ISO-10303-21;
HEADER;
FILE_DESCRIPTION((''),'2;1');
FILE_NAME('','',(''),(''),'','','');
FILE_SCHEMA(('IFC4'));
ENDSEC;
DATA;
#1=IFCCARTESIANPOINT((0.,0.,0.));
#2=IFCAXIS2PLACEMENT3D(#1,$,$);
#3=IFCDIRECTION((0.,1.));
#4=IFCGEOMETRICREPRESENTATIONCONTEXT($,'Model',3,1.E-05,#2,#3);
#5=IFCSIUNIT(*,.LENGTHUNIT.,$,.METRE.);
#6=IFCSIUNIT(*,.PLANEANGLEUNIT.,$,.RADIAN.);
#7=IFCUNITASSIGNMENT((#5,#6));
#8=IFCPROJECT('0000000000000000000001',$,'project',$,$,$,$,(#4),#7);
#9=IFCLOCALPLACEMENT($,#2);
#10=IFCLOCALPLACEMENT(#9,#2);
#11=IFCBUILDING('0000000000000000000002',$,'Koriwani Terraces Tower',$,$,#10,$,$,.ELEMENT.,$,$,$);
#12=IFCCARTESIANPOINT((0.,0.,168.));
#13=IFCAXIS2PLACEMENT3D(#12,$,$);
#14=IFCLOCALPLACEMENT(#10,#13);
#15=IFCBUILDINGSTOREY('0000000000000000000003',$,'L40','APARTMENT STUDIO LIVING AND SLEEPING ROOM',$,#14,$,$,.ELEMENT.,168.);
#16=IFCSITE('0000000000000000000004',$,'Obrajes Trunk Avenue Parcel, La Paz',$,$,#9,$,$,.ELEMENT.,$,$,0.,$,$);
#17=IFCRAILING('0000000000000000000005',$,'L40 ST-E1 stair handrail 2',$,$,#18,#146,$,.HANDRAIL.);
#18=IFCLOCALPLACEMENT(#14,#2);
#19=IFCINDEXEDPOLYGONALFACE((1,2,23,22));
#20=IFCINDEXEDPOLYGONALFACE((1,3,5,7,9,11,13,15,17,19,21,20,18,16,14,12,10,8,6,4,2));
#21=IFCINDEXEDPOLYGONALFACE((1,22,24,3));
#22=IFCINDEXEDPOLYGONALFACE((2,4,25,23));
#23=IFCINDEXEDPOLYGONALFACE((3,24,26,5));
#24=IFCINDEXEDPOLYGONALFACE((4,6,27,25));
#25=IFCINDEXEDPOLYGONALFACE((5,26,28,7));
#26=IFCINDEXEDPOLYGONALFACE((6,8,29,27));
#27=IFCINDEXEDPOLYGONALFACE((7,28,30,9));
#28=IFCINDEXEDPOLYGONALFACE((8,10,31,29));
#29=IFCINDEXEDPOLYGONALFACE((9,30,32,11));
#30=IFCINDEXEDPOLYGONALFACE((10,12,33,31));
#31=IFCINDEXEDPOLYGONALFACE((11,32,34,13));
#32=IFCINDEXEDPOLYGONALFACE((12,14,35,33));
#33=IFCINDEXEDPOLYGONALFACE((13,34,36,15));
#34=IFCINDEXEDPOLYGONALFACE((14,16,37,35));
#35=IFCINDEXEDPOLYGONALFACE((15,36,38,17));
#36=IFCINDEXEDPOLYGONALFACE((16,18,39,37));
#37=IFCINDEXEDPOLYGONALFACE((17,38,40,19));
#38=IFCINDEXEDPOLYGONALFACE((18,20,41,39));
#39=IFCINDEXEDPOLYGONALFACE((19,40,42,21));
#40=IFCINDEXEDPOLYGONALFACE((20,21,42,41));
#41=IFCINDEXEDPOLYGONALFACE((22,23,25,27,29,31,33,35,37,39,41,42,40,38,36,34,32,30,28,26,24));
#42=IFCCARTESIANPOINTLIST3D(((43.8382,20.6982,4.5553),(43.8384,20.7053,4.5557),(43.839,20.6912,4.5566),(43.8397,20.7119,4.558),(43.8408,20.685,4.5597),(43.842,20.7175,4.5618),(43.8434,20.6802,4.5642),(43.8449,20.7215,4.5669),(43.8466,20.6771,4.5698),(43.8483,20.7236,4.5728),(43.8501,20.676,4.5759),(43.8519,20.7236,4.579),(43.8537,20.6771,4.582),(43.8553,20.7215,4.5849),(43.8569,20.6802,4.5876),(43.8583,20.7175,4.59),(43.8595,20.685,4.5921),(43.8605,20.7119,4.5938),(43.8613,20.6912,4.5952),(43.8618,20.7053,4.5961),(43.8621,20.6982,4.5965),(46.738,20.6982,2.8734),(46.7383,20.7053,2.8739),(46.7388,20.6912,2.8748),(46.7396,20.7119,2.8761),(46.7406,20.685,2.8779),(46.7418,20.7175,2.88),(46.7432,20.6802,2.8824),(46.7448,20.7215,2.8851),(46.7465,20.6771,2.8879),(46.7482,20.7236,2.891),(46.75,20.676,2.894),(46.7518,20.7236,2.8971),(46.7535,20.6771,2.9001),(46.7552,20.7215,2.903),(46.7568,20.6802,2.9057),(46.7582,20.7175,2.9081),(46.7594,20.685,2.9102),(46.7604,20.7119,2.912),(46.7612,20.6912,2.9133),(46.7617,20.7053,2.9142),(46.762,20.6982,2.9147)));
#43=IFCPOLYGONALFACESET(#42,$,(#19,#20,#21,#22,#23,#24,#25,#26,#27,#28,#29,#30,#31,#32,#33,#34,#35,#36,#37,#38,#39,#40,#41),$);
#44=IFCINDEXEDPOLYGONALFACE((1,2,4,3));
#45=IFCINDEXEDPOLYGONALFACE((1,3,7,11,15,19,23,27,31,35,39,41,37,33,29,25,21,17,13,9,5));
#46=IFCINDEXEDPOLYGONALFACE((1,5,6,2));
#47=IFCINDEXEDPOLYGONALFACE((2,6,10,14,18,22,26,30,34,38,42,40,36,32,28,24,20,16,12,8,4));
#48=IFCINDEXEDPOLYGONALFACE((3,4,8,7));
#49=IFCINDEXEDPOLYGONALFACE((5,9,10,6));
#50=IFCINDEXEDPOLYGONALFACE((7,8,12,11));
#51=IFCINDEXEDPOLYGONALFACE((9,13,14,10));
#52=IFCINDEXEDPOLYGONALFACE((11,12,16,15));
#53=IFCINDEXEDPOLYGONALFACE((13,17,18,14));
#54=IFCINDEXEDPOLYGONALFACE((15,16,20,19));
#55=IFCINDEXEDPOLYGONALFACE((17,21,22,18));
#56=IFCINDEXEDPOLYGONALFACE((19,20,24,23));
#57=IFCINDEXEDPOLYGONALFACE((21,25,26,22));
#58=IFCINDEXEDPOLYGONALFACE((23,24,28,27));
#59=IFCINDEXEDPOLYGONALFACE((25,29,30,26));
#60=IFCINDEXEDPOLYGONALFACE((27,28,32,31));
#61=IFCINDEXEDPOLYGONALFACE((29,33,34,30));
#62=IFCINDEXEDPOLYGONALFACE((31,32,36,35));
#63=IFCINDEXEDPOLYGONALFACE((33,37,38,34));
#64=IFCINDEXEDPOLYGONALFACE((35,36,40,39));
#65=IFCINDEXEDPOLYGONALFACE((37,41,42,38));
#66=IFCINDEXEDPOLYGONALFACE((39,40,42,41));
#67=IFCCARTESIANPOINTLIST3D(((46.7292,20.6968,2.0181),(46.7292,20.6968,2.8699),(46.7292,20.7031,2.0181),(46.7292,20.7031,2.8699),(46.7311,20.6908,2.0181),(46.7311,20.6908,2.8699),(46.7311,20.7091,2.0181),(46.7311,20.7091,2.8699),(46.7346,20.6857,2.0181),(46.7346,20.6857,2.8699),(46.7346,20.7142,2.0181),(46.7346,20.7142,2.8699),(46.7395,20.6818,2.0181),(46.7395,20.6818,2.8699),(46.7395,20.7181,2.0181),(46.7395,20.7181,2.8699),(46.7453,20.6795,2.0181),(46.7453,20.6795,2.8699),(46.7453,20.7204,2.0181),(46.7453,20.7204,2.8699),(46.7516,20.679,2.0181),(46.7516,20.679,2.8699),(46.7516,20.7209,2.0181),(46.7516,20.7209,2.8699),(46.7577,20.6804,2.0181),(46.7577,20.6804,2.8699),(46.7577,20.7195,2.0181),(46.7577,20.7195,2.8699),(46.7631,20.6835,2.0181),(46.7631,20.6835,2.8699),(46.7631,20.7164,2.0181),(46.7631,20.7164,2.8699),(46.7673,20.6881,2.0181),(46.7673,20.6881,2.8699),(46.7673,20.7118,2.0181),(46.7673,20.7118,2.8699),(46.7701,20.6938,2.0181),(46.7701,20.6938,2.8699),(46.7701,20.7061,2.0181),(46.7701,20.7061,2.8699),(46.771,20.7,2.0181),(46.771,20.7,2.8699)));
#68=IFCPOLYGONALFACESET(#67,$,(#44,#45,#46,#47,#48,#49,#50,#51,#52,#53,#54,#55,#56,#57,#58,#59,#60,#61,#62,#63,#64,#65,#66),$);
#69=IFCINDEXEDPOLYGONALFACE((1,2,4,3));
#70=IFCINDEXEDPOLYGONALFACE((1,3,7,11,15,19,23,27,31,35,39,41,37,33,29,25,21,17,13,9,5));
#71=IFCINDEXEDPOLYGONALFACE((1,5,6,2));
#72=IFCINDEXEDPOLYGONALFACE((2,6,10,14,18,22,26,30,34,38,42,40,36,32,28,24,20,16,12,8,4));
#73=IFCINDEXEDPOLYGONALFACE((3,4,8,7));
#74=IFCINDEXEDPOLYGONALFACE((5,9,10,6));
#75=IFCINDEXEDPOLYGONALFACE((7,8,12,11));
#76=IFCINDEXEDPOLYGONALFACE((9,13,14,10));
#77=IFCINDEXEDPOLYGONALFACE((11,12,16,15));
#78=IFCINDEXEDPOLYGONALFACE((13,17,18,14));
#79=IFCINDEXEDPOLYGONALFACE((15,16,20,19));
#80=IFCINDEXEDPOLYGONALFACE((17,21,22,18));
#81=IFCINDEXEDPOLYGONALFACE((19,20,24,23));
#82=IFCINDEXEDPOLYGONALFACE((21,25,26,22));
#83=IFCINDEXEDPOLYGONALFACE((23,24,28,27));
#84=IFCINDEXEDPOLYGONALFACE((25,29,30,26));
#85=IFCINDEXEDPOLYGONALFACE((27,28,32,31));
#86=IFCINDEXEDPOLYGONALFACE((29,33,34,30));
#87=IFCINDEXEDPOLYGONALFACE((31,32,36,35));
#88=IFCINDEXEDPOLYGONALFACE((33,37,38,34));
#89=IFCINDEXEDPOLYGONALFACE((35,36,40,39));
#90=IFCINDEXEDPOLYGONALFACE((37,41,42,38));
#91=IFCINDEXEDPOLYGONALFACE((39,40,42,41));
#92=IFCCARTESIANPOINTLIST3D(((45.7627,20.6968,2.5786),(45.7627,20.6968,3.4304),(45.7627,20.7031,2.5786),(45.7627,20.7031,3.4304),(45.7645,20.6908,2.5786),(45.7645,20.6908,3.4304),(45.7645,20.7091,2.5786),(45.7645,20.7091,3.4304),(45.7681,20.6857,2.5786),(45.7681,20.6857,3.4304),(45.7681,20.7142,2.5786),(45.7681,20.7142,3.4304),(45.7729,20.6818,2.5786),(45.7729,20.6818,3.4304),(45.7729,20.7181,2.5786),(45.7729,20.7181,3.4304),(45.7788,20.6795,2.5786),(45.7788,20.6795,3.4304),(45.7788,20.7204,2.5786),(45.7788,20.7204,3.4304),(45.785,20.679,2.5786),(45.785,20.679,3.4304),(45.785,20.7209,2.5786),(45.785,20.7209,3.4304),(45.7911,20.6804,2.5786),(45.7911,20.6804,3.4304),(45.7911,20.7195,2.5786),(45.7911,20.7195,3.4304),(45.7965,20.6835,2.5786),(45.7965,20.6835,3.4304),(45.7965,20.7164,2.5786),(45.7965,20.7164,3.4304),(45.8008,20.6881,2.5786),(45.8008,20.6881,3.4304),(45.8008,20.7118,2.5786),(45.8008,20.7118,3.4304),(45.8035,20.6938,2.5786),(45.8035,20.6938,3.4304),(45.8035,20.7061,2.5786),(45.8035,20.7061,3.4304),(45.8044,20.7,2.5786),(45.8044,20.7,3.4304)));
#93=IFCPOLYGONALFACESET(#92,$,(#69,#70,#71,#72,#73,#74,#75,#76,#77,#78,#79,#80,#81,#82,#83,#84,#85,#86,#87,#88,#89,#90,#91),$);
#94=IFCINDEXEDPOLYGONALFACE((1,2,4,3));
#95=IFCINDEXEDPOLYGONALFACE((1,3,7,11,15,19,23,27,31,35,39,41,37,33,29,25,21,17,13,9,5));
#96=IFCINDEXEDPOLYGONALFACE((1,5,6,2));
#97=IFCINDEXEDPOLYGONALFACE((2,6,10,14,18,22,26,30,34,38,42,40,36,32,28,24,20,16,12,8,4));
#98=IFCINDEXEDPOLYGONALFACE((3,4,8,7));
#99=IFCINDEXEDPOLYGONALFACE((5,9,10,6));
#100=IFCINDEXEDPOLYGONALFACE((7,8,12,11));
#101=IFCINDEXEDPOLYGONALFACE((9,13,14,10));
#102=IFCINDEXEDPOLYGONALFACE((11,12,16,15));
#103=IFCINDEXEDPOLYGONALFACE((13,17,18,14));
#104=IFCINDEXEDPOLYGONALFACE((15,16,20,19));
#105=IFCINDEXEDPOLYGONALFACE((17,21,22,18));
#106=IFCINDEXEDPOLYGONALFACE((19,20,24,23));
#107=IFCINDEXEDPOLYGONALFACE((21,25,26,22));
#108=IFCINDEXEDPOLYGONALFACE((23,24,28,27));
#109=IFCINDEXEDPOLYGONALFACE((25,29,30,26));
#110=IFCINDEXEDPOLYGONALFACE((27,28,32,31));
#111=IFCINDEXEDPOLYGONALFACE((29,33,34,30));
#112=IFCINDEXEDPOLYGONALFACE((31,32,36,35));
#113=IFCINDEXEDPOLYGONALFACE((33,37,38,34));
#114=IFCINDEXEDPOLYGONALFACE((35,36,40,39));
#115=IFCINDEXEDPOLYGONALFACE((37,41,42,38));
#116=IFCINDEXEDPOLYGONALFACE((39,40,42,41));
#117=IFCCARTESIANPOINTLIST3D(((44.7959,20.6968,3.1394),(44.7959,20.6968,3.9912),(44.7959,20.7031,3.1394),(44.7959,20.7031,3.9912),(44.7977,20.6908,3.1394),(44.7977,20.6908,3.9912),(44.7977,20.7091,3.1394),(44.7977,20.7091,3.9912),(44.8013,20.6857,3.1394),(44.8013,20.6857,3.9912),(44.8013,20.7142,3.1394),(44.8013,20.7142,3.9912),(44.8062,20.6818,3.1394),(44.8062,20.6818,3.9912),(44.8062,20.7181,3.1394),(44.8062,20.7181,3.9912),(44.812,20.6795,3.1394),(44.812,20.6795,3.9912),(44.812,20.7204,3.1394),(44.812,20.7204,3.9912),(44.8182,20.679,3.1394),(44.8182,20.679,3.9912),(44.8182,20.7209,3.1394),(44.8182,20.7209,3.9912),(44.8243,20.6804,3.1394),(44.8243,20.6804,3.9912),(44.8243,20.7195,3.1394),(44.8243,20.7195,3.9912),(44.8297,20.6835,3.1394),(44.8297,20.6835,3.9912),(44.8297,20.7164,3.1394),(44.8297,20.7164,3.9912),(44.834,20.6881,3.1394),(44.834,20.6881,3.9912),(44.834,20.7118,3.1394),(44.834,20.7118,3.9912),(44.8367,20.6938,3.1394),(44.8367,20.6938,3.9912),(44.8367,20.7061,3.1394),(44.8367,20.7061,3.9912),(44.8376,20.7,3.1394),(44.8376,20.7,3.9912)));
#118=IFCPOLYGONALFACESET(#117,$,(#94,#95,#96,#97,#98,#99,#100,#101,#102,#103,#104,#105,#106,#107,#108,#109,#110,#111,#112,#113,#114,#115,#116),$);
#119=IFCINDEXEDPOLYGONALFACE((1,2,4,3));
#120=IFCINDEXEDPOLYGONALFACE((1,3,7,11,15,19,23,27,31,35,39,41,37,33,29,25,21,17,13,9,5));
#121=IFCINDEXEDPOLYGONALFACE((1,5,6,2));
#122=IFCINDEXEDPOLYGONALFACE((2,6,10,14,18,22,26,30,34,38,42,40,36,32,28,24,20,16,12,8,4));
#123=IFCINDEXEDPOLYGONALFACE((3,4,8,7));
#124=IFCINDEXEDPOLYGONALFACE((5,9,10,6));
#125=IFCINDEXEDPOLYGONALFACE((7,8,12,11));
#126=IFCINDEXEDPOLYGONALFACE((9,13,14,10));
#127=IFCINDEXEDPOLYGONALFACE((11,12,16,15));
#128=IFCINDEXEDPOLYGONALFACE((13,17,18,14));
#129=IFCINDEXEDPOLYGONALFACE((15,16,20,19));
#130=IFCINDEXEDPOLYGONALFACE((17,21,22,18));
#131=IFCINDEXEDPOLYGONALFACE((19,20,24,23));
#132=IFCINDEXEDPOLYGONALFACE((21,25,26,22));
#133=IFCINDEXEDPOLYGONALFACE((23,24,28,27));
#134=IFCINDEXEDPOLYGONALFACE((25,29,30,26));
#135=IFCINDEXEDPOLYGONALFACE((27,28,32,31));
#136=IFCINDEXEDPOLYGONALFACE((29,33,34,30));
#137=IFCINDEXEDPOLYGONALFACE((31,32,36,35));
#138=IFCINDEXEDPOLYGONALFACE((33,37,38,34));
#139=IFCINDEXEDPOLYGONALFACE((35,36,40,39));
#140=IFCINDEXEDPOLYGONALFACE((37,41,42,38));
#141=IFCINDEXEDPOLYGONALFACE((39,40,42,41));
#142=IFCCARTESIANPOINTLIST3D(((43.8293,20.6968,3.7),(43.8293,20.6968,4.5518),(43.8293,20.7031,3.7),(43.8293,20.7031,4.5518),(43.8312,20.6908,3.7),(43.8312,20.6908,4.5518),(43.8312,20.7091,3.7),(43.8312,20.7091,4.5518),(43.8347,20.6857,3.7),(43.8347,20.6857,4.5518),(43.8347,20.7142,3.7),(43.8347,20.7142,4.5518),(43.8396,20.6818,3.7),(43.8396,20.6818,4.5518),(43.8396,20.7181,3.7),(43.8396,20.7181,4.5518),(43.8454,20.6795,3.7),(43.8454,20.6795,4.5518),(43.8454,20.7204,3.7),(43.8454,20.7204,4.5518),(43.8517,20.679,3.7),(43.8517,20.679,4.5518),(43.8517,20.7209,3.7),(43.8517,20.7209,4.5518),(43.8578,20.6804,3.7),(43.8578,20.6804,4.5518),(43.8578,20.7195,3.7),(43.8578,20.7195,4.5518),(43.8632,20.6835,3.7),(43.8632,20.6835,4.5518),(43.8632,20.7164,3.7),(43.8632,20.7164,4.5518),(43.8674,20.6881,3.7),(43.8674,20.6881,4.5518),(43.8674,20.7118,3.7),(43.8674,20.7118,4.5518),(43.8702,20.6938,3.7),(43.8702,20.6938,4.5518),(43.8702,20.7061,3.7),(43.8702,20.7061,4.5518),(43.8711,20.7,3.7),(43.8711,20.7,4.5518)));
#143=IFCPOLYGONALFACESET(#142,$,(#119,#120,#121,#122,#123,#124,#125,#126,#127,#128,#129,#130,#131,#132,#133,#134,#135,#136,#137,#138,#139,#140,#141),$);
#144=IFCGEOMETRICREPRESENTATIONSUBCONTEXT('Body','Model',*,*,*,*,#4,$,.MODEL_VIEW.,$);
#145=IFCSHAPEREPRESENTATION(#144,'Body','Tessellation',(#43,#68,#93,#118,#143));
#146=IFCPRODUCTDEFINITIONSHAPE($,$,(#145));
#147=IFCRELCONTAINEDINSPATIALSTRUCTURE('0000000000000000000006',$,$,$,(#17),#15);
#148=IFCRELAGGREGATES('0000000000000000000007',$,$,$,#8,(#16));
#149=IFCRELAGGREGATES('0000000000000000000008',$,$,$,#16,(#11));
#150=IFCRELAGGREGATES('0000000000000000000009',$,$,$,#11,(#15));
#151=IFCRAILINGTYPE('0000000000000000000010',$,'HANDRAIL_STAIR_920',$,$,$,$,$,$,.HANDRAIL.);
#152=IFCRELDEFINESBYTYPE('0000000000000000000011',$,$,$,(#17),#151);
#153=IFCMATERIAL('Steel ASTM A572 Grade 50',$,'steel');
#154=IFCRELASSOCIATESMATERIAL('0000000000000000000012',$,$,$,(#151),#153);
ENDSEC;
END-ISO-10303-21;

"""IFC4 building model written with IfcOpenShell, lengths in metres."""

from ifc_helpers import new_model, si_unit, direction, frame, origin, origin_2d, place, context, subcontext, project, spatial, circle, extrude, material, type_object, element, save


model = new_model("IFC4")

# Units and contexts
model_context = context("Model", 3, precision=1e-05, world=origin(), true_north=direction((0.0, 1.0)))
body_context = subcontext(model_context, "Body", "Model", "MODEL_VIEW")
ifc_project = project(units=[si_unit("LENGTHUNIT", "METRE"), si_unit("PLANEANGLEUNIT", "RADIAN")], contexts=[model_context])

# Site, building, storey
site_placement = place(None, origin())
site = spatial("IfcSite", under=ifc_project, at=site_placement, Name="Obrajes Trunk Avenue Parcel, La Paz", CompositionType="ELEMENT", RefElevation=0.0)
building_placement = place(site_placement, origin())
building = spatial("IfcBuilding", under=site, at=building_placement, Name="Koriwani Terraces Tower", CompositionType="ELEMENT")
storey_placement = place(building_placement, frame((0.0, 0.0, 168.0)))
storey = spatial("IfcBuildingStorey", under=building, at=storey_placement, Name="L40", Description="APARTMENT STUDIO LIVING AND SLEEPING ROOM", CompositionType="ELEMENT", Elevation=168.0)

# Shared definitions
ifc_material_1 = material(Name="Steel ASTM A572 Grade 50", Category="steel")

# Railing
railing_type_1 = type_object("IfcRailingType", Name="HANDRAIL_STAIR_920", PredefinedType="HANDRAIL", material=ifc_material_1)
railing_1_placement = place(storey_placement, frame((46.75, 20.7, 2.0181)))
element("IfcRailing", 1, at=railing_1_placement, inside=storey, type_object=railing_type_1, Name="L40 ST-E1 stair handrail 2", PredefinedType="HANDRAIL", context=body_context, shape_type="SweptSolid", body=[
    extrude(circle(Radius=0.0239, at=origin_2d()), frame((0.0, 0.0, 0.876), z_axis=(-0.865039, 0.0, 0.501705), x_axis=(0.0, -1.0, 0.0)), (0.0, 0.0, 1.0), 3.3523),
    extrude(circle(Radius=0.021, at=origin_2d()), origin(), (0.0, 0.0, 1.0), 0.8518),
    extrude(circle(Radius=0.021, at=origin_2d()), frame((-0.9666, 0.0, 0.5605)), (0.0, 0.0, 1.0), 0.8518),
    extrude(circle(Radius=0.021, at=origin_2d()), frame((-1.9333, 0.0, 1.1213)), (0.0, 0.0, 1.0), 0.8518),
    extrude(circle(Radius=0.021, at=origin_2d()), frame((-2.8999, 0.0, 1.6819)), (0.0, 0.0, 1.0), 0.8518),
])

save(model, "model.ifc")
